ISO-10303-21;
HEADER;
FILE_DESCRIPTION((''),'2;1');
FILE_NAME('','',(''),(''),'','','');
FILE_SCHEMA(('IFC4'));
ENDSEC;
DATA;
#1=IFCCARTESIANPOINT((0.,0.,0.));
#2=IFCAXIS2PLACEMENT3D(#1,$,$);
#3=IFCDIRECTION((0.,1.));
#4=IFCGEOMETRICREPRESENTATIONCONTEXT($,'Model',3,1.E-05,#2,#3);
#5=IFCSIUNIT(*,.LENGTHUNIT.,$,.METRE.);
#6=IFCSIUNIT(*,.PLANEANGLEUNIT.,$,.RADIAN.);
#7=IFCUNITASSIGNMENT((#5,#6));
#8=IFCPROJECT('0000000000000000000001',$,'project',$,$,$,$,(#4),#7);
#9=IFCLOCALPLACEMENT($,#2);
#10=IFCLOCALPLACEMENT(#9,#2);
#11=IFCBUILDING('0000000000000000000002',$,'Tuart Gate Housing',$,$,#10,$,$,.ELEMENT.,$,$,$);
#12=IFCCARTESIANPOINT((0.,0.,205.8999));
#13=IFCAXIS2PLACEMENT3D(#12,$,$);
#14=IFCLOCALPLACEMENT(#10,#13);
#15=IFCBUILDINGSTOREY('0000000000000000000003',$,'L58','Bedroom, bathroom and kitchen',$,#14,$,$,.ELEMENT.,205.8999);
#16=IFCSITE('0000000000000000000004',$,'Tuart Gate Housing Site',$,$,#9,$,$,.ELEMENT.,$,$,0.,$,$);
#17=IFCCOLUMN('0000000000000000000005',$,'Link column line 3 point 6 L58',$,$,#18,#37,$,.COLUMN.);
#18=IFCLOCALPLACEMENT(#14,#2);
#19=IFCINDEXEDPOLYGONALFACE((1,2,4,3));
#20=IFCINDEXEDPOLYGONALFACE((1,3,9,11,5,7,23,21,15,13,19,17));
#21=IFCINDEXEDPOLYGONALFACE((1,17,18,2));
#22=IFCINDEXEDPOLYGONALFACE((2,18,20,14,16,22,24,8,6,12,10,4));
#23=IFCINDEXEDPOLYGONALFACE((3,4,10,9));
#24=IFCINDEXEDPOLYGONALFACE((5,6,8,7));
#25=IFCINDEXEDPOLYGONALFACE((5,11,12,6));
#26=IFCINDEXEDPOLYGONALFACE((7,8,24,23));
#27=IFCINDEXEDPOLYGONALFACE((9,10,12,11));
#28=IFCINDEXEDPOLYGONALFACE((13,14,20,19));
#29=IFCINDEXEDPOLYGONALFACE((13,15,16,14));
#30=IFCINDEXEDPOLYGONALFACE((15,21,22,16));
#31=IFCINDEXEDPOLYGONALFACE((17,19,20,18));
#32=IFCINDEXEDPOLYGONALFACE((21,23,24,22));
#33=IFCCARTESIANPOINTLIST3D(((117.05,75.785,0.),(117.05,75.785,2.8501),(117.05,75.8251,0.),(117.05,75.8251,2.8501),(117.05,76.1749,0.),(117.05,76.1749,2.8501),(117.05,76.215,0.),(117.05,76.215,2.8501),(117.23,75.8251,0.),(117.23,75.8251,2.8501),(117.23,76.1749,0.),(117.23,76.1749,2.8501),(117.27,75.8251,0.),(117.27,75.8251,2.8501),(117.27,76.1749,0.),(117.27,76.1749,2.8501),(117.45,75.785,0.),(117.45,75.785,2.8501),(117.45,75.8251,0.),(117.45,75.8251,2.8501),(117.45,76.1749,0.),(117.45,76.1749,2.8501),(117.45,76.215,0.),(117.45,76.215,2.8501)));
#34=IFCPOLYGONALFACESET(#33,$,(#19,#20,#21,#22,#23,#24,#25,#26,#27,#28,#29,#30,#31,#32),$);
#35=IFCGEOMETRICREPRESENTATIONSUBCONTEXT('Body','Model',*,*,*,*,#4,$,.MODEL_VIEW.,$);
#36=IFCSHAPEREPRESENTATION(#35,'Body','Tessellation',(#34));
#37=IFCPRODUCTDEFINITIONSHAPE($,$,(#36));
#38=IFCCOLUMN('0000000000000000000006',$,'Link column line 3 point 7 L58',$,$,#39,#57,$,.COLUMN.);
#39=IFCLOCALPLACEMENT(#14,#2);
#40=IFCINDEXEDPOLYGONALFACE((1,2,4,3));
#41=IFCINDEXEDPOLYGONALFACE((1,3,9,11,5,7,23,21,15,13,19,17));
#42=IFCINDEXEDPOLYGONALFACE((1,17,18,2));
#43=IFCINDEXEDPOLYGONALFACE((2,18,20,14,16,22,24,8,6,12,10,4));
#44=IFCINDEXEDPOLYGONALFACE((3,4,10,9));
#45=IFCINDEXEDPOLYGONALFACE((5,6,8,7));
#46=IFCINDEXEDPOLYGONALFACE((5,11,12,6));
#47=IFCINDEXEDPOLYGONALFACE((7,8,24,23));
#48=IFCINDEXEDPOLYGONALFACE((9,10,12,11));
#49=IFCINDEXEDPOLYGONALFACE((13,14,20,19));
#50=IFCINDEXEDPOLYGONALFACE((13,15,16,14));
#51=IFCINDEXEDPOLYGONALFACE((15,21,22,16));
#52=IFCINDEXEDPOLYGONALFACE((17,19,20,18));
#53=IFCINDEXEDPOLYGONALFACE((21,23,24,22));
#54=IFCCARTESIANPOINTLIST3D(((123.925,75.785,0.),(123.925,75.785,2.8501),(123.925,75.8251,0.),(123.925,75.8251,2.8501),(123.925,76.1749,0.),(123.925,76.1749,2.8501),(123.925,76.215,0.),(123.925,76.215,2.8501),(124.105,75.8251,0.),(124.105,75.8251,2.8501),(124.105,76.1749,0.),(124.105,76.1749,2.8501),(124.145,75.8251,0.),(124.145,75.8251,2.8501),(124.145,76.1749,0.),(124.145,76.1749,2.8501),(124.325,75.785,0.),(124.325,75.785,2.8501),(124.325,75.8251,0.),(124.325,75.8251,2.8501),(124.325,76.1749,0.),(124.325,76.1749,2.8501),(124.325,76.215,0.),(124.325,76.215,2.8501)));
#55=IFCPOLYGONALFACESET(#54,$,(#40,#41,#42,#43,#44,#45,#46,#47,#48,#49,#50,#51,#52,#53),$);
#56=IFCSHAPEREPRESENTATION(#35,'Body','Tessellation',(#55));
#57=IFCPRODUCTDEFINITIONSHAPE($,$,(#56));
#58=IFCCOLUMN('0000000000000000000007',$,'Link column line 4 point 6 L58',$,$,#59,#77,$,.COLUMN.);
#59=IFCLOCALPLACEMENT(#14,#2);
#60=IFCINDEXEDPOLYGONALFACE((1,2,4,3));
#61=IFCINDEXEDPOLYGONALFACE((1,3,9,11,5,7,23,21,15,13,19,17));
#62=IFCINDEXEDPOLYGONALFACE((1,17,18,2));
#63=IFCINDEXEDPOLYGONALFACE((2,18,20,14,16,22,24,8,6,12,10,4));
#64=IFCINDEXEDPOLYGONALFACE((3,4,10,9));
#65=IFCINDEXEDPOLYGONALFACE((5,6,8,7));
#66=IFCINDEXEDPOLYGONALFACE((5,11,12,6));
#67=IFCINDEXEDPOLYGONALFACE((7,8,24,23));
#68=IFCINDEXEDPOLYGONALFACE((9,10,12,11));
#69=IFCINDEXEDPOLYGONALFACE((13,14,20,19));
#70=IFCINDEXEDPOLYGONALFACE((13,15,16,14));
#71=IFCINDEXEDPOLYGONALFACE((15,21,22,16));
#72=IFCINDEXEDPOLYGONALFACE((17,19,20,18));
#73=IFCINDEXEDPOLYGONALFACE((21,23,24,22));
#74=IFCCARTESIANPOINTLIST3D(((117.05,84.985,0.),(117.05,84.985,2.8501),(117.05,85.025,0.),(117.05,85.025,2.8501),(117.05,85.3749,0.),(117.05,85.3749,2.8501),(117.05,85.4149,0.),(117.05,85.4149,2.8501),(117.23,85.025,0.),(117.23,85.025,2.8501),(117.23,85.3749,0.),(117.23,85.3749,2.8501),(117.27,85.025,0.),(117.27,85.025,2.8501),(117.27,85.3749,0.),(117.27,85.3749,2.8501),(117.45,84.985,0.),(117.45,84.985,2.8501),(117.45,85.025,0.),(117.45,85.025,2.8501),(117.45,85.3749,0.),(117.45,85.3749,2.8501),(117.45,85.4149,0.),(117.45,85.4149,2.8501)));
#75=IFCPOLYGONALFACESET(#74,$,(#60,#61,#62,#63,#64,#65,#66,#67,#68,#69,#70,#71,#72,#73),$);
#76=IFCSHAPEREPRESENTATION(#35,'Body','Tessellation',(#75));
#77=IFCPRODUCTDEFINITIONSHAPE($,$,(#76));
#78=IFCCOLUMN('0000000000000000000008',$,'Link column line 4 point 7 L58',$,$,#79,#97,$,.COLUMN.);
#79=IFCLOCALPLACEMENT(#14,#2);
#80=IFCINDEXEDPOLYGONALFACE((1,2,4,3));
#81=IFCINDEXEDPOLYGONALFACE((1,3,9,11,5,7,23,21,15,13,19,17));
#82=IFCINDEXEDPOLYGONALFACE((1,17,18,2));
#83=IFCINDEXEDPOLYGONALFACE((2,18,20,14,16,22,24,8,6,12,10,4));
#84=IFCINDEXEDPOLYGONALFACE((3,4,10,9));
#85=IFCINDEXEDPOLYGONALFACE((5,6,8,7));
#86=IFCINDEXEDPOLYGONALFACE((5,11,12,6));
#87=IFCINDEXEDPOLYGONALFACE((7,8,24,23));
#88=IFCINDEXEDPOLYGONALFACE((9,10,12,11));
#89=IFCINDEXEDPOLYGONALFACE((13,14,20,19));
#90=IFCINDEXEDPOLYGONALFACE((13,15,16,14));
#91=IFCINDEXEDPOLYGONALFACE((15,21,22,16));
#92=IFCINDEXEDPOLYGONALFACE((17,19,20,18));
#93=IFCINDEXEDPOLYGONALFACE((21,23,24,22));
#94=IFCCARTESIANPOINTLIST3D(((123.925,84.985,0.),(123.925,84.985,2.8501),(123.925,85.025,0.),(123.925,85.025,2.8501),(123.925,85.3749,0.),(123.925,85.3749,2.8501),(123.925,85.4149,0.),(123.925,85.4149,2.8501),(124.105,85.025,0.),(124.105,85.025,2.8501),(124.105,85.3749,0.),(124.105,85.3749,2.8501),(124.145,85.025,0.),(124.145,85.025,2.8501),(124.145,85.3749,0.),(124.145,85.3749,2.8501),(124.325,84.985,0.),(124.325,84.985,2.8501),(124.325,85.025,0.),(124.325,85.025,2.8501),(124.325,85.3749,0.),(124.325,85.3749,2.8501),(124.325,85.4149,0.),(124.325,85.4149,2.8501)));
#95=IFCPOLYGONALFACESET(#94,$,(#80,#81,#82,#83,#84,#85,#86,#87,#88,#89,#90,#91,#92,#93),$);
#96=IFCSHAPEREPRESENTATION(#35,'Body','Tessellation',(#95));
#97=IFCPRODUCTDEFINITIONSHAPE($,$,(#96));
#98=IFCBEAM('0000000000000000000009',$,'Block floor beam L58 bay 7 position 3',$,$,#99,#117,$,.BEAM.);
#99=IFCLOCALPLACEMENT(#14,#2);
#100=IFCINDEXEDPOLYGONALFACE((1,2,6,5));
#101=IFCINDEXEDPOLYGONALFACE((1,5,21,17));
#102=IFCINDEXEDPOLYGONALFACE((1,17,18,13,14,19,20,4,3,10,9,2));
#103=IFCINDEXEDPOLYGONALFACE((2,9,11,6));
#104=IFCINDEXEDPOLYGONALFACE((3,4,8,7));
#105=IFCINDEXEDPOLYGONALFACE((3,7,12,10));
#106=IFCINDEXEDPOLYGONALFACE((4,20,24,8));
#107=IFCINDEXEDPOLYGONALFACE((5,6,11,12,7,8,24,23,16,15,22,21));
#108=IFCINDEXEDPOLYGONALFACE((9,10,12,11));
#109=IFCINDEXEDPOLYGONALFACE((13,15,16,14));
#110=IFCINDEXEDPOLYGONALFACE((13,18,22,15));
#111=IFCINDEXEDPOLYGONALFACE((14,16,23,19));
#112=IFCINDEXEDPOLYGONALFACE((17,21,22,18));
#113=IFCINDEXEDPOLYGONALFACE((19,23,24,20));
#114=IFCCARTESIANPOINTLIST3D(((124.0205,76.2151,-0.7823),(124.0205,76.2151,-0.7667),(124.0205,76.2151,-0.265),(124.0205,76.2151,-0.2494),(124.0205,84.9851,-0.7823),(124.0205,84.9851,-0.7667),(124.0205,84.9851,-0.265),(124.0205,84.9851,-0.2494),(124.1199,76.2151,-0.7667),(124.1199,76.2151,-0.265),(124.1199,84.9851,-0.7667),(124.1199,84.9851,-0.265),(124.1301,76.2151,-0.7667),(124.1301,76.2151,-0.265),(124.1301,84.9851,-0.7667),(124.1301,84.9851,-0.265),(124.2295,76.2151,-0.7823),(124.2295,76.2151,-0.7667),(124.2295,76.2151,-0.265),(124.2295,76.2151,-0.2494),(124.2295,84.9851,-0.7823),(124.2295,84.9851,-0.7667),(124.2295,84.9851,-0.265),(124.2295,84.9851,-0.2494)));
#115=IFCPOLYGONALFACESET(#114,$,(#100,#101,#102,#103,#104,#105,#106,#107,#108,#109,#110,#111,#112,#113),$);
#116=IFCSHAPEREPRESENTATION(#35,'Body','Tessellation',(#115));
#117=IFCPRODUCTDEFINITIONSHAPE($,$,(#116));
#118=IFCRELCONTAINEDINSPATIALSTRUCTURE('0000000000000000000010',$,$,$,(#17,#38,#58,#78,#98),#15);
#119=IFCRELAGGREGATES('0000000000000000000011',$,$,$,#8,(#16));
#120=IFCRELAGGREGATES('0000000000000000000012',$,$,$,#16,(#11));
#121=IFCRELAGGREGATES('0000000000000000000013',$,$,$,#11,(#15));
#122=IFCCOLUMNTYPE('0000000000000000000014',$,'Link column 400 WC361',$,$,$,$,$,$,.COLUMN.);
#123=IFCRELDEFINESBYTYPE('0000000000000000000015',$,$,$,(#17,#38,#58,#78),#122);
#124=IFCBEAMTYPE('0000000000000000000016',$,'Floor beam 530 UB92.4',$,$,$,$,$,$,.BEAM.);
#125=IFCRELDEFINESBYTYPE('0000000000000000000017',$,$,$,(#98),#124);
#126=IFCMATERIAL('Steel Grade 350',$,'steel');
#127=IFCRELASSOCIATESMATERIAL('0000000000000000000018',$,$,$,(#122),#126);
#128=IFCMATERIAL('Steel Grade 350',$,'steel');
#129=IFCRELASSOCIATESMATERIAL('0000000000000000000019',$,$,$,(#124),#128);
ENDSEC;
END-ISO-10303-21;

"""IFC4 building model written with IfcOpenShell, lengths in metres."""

from ifc_helpers import new_model, si_unit, direction, frame, origin, origin_2d, place, context, subcontext, project, spatial, i_section, extrude, material, material_profile, profile_set, type_object, element, save


model = new_model("IFC4")

# Units and contexts
model_context = context("Model", 3, precision=1e-05, world=origin(), true_north=direction((0.0, 1.0)))
body_context = subcontext(model_context, "Body", "Model", "MODEL_VIEW")
ifc_project = project(units=[si_unit("LENGTHUNIT", "METRE"), si_unit("PLANEANGLEUNIT", "RADIAN")], contexts=[model_context])

# Site, building, storey
site_placement = place(None, origin())
site = spatial("IfcSite", under=ifc_project, at=site_placement, Name="Tuart Gate Housing Site", CompositionType="ELEMENT", RefElevation=0.0)
building_placement = place(site_placement, origin())
building = spatial("IfcBuilding", under=site, at=building_placement, Name="Tuart Gate Housing", CompositionType="ELEMENT")
storey_placement = place(building_placement, frame((0.0, 0.0, 205.8999)))
storey = spatial("IfcBuildingStorey", under=building, at=storey_placement, Name="L58", Description="Bedroom, bathroom and kitchen", CompositionType="ELEMENT", Elevation=205.8999)

# Columns
ifc_material_1 = material(Name="Steel Grade 350", Category="steel")
ifc_material_profile_1 = material_profile(ifc_material_1, i_section(OverallWidth=0.3999, OverallDepth=0.4299, WebThickness=0.04, FlangeThickness=0.04, at=origin_2d()), Name="400WC361")
ifc_profile_set_1 = profile_set([ifc_material_profile_1], Name="Steel Grade 350")
column_type = type_object("IfcColumnType", Name="Link column 400 WC361", PredefinedType="COLUMN", material=ifc_profile_set_1)
for number, where, z_axis, x_axis, name in (
    (1, (117.25, 76.0, 0.0), (0.0, 0.0, 1.0), (1.0, 0.0, 0.0), "Link column line 3 point 6 L58"),
    (2, (124.125, 76.0, 0.0), (0.0, 0.0, 1.0), (1.0, 0.0, 0.0), "Link column line 3 point 7 L58"),
    (3, (117.25, 85.2, 0.0), (0.0, 0.0, 1.0), (1.0, 0.0, 0.0), "Link column line 4 point 6 L58"),
    (4, (124.125, 85.2, 0.0), (0.0, 0.0, 1.0), (1.0, 0.0, 0.0), "Link column line 4 point 7 L58"),
):
    element("IfcColumn", number, at=place(storey_placement, frame(where, z_axis=z_axis, x_axis=x_axis)), inside=storey, type_object=column_type, Name=name, PredefinedType="COLUMN", context=body_context, shape_type="SweptSolid", body=[
        extrude(i_section(OverallWidth=0.3999, OverallDepth=0.4299, WebThickness=0.04, FlangeThickness=0.04, at=origin_2d()), origin(), (0.0, 0.0, 1.0), 2.8501),
    ])

# Beam
ifc_material_2 = material(Name="Steel Grade 350", Category="steel")
ifc_material_profile_2 = material_profile(ifc_material_2, i_section(OverallWidth=0.209, OverallDepth=0.533, WebThickness=0.0103, FlangeThickness=0.0156, at=origin_2d()), Name="530UB92.4")
ifc_profile_set_2 = profile_set([ifc_material_profile_2], Name="Steel Grade 350")
beam_type = type_object("IfcBeamType", Name="Floor beam 530 UB92.4", PredefinedType="BEAM", material=ifc_profile_set_2)
beam_placement = place(storey_placement, frame((124.125, 76.2151, -0.5159), z_axis=(0.0, 1.0, 0.0), x_axis=(-1.0, 0.0, 0.0)))
element("IfcBeam", 5, at=beam_placement, inside=storey, type_object=beam_type, Name="Block floor beam L58 bay 7 position 3", PredefinedType="BEAM", context=body_context, shape_type="SweptSolid", body=[
    extrude(i_section(OverallWidth=0.209, OverallDepth=0.533, WebThickness=0.0103, FlangeThickness=0.0156, at=origin_2d()), origin(), (0.0, 0.0, 1.0), 8.77),
])

save(model, "model.ifc")
